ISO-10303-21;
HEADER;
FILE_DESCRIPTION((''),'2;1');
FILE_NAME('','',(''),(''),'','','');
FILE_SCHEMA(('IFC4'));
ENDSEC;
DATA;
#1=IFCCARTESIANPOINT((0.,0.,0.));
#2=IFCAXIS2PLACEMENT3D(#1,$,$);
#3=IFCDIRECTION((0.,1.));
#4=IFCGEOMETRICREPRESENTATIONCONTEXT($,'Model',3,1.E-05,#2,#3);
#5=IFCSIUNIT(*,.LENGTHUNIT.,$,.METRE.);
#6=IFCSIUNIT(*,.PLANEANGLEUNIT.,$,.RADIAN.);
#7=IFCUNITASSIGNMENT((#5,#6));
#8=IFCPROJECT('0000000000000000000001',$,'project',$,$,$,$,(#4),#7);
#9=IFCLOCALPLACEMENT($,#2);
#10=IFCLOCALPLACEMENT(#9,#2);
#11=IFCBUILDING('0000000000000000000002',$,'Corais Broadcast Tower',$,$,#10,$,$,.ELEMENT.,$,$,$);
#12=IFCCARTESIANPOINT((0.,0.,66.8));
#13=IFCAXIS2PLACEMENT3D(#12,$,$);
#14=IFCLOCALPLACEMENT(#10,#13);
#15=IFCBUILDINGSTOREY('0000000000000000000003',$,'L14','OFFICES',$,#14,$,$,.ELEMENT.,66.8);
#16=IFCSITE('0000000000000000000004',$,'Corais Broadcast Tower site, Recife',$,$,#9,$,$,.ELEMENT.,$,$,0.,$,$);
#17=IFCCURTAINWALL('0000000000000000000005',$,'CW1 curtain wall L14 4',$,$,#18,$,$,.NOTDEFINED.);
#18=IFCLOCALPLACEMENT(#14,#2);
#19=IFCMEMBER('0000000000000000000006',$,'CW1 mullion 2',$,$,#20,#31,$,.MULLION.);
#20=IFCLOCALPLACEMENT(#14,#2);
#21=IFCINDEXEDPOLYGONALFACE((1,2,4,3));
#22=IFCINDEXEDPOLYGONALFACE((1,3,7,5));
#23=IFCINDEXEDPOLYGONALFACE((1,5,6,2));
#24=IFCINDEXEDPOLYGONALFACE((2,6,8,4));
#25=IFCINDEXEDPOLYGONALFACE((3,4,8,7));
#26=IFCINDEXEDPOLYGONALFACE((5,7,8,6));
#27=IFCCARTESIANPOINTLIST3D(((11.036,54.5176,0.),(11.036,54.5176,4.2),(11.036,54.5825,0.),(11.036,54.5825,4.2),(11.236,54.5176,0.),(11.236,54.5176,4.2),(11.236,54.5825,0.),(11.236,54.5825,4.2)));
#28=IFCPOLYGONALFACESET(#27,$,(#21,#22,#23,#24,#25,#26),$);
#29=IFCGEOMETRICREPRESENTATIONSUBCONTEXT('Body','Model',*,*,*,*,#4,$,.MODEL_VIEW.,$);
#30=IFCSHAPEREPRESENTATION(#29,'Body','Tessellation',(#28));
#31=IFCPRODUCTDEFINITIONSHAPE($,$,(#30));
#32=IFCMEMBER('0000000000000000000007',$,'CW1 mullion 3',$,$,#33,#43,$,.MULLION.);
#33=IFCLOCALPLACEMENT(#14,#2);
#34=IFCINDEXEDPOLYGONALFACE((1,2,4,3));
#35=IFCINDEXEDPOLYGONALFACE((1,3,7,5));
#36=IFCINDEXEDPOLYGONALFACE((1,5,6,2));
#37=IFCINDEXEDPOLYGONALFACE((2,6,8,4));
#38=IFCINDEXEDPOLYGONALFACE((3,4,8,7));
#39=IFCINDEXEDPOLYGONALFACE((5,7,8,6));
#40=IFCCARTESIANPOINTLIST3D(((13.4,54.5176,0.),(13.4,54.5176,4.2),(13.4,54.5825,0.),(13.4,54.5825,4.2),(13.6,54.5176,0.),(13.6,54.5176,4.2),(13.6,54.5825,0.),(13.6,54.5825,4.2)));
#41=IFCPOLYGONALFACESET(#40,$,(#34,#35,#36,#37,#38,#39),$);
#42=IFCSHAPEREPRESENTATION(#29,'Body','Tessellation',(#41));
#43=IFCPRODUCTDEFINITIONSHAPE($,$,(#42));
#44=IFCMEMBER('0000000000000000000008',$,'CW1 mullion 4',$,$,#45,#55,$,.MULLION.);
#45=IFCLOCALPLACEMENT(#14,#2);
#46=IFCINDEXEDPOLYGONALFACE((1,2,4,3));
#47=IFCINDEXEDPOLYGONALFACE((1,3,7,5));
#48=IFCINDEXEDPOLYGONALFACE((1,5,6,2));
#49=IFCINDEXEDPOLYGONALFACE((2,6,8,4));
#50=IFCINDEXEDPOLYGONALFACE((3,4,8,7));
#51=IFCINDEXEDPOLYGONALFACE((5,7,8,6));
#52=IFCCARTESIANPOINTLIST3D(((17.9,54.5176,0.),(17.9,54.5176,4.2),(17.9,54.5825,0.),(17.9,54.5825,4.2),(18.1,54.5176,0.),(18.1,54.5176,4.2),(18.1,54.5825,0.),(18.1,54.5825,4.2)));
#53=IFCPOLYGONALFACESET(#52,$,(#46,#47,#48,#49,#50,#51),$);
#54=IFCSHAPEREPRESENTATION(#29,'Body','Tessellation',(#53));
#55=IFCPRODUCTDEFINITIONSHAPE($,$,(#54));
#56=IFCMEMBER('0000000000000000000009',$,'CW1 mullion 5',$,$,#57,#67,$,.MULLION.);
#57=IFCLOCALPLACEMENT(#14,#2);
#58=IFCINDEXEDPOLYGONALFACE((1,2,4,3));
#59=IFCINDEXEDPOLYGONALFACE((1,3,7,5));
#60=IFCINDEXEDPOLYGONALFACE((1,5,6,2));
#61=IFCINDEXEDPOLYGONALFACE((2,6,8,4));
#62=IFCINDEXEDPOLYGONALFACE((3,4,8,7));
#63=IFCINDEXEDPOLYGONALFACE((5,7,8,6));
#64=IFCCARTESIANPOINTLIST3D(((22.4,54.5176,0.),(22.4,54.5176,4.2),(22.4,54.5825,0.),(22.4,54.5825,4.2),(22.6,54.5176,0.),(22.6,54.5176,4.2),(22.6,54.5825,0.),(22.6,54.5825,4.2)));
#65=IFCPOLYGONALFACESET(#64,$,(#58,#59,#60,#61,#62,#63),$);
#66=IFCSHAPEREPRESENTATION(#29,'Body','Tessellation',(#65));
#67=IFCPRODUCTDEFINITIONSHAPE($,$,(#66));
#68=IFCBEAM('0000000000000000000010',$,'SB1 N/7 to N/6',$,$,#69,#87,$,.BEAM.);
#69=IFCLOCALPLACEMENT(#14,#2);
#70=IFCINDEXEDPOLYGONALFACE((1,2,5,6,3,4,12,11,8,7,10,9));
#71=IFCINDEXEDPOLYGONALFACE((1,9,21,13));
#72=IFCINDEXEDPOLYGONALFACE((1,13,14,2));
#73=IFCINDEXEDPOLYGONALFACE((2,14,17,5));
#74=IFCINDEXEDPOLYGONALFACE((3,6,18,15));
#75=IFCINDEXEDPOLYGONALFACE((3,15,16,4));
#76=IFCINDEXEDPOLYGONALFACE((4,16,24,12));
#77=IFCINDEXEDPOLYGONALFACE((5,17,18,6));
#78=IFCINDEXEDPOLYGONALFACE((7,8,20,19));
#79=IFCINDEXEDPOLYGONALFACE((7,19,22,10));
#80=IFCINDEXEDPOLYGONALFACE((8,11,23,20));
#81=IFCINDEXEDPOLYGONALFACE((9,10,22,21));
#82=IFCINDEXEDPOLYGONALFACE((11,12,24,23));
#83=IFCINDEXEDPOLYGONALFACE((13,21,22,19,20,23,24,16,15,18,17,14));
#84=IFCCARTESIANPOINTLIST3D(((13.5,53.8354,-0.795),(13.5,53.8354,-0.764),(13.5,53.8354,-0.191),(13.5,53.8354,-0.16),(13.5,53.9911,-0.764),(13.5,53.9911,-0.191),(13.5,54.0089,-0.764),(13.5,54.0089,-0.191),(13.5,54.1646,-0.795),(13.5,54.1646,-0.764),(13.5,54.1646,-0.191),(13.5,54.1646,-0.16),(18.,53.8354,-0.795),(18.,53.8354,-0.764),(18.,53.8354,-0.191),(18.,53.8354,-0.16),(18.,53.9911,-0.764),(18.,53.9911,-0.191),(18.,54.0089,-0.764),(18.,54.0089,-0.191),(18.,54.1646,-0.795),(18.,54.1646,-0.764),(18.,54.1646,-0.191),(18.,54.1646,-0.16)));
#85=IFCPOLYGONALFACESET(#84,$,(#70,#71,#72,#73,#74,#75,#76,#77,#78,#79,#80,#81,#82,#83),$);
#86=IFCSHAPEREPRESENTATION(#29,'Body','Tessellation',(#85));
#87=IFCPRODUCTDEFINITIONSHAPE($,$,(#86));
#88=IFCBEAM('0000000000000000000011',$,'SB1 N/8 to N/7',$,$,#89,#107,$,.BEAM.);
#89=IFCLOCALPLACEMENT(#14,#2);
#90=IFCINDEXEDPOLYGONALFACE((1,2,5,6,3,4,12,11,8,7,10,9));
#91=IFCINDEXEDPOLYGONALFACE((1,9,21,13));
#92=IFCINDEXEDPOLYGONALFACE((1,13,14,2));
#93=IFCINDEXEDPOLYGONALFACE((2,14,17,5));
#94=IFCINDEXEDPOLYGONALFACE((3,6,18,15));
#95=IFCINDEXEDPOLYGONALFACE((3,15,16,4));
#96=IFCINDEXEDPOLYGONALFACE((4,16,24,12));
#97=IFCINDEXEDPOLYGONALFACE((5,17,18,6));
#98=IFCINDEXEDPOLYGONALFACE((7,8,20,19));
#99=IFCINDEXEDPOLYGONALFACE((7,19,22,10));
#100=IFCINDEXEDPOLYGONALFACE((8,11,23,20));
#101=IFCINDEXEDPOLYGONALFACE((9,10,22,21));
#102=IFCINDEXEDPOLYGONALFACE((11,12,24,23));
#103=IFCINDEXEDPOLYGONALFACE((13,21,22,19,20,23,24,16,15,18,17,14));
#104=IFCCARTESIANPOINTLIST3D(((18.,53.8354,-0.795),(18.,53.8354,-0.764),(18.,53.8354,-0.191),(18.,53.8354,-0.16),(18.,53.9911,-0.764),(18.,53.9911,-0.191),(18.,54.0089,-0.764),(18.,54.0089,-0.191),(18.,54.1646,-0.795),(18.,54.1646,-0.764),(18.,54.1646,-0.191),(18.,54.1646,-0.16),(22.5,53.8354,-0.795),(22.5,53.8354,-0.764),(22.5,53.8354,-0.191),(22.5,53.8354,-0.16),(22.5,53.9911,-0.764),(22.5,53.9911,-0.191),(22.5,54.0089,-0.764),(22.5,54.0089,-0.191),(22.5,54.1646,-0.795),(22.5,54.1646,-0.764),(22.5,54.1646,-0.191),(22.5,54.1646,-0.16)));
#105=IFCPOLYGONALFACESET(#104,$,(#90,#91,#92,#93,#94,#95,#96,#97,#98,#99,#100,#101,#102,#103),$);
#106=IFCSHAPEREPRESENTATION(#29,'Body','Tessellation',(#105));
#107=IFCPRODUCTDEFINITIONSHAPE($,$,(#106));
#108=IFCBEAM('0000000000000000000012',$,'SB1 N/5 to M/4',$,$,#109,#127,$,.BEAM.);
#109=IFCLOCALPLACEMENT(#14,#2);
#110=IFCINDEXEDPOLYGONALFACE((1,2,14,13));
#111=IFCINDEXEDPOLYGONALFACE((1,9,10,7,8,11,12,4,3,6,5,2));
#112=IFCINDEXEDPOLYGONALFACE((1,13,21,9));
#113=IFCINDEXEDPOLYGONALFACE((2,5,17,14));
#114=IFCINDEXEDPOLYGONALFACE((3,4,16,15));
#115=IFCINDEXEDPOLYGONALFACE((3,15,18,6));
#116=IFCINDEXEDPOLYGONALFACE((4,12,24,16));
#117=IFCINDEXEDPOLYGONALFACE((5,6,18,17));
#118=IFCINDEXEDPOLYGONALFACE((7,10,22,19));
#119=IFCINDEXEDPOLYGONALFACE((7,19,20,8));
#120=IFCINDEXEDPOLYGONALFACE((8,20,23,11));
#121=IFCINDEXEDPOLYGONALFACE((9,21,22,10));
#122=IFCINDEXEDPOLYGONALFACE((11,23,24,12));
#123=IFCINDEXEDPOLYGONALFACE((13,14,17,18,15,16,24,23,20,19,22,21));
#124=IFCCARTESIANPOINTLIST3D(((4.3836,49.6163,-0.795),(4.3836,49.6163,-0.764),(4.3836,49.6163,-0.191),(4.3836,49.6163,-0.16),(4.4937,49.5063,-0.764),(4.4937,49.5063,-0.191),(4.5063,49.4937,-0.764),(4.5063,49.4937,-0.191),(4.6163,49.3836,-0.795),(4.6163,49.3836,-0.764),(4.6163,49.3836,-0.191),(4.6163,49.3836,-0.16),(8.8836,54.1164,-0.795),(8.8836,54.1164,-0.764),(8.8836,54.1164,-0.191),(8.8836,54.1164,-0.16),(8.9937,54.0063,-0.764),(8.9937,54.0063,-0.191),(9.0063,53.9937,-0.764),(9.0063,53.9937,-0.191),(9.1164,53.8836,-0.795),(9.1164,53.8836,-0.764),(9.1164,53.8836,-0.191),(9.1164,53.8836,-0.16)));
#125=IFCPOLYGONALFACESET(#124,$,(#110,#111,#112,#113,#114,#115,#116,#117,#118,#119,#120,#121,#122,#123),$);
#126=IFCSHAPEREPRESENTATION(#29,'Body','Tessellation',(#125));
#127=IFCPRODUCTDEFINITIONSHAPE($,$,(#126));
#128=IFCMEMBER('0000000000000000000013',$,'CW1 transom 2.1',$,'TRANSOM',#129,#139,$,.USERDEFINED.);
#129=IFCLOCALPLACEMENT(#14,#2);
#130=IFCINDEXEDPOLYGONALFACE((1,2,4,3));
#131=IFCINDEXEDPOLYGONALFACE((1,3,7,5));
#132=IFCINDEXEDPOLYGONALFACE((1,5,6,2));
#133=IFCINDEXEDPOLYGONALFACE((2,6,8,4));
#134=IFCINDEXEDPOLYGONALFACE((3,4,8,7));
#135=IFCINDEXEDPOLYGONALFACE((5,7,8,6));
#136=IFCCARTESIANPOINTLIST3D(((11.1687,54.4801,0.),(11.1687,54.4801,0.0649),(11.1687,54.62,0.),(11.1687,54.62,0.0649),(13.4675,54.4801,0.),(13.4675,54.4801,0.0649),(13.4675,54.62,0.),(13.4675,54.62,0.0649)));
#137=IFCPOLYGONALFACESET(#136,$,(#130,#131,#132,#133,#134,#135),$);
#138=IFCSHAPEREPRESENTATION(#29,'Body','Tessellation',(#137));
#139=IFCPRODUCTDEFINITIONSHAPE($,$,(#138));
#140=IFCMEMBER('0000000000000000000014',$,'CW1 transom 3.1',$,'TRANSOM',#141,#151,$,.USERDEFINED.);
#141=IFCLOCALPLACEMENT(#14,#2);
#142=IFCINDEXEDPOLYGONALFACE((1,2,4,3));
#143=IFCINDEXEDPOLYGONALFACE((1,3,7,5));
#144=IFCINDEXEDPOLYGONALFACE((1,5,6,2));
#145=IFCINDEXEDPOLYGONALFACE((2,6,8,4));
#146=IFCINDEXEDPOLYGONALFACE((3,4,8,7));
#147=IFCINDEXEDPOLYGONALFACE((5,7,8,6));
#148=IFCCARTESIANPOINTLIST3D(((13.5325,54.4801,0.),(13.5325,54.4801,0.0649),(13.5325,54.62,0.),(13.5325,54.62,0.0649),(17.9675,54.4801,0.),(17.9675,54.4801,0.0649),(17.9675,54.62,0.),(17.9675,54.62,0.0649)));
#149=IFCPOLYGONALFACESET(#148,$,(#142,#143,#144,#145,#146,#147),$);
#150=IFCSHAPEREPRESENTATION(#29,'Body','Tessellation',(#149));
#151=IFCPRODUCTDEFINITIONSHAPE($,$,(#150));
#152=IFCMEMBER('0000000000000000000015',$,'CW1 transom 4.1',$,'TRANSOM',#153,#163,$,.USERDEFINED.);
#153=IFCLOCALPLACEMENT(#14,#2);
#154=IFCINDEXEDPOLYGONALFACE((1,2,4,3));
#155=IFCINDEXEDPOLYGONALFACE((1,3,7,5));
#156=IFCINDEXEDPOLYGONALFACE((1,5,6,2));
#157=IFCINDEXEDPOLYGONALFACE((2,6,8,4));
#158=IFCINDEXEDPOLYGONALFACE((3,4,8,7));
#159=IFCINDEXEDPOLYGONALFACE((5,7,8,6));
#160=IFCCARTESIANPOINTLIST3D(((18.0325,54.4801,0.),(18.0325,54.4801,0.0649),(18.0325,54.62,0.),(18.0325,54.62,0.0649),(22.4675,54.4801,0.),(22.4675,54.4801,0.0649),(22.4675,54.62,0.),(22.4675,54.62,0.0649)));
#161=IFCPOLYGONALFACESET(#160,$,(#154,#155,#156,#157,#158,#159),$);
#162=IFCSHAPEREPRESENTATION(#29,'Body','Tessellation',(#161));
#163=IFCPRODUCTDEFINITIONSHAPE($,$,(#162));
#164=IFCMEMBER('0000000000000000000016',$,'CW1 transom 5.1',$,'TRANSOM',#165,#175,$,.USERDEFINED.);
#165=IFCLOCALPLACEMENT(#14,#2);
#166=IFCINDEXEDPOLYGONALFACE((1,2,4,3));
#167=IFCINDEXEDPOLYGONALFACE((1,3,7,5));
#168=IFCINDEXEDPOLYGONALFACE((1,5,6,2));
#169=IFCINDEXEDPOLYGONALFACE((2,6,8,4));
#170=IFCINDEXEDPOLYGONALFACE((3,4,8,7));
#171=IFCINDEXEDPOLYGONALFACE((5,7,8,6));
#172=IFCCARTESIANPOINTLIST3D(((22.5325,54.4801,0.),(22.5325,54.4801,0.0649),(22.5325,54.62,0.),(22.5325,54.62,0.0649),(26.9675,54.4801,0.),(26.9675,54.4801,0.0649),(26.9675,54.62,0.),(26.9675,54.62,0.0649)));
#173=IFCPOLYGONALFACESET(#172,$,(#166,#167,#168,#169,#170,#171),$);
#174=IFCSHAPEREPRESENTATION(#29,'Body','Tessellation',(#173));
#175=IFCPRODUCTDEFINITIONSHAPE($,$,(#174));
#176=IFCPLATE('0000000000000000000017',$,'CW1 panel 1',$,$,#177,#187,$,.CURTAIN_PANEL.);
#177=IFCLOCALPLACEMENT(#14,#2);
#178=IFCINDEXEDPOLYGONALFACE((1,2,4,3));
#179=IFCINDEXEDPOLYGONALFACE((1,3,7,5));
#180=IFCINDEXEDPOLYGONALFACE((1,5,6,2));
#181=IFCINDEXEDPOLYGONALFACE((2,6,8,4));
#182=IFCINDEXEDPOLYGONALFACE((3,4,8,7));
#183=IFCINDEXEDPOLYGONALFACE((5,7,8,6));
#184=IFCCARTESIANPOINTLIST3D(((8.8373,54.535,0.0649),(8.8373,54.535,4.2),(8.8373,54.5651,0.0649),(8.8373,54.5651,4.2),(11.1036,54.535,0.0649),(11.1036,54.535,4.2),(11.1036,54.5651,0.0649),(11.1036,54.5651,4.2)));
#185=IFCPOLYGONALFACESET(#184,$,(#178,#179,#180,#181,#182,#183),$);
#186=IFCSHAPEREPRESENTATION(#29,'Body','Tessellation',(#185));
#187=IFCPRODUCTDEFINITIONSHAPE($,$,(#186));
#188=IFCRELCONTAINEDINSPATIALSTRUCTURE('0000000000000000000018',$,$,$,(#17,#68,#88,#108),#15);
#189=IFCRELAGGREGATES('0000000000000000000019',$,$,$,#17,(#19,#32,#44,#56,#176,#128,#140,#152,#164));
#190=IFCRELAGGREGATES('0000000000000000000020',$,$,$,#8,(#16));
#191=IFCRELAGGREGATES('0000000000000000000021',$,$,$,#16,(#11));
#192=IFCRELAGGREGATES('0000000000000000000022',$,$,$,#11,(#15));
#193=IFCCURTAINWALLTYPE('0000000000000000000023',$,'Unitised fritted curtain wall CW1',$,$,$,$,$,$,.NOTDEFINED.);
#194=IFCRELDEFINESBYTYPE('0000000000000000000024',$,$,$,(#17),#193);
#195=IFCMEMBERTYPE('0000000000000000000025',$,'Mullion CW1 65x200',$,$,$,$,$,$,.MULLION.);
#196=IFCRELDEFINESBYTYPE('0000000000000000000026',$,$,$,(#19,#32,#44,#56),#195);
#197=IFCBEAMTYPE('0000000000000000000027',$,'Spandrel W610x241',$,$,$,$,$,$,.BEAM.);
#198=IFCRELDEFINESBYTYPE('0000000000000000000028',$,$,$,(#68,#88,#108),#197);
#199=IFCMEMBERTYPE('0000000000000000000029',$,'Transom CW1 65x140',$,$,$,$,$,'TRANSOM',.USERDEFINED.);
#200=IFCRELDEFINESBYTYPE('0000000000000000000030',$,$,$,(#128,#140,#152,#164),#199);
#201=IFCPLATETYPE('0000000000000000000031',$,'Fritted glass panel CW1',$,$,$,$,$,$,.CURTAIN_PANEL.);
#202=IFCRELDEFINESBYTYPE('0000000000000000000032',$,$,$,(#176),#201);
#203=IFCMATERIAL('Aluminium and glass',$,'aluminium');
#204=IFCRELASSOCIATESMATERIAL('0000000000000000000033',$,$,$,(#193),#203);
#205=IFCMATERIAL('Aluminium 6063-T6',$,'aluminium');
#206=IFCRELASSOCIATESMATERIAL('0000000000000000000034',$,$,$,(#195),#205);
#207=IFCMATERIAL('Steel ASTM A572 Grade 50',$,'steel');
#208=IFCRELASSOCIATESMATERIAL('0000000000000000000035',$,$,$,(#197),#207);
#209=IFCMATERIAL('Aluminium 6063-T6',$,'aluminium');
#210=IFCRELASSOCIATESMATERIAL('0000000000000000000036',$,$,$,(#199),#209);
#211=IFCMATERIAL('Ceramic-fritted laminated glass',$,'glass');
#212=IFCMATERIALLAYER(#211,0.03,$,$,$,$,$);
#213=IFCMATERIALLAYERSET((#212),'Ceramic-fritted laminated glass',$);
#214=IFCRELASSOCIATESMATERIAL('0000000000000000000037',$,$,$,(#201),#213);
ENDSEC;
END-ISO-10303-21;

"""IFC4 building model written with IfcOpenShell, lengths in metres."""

from ifc_helpers import new_model, si_unit, direction, frame, origin, origin_2d, place, context, subcontext, project, spatial, rectangle, i_section, extrude, material, layer, layer_set, material_profile, profile_set, type_object, element, aggregate, save


model = new_model("IFC4")

# Units and contexts
model_context = context("Model", 3, precision=1e-05, world=origin(), true_north=direction((0.0, 1.0)))
body_context = subcontext(model_context, "Body", "Model", "MODEL_VIEW")
ifc_project = project(units=[si_unit("LENGTHUNIT", "METRE"), si_unit("PLANEANGLEUNIT", "RADIAN")], contexts=[model_context])

# Site, building, storey
site_placement = place(None, origin())
site = spatial("IfcSite", under=ifc_project, at=site_placement, Name="Corais Broadcast Tower site, Recife", CompositionType="ELEMENT", RefElevation=0.0)
building_placement = place(site_placement, origin())
building = spatial("IfcBuilding", under=site, at=building_placement, Name="Corais Broadcast Tower", CompositionType="ELEMENT")
storey_placement = place(building_placement, frame((0.0, 0.0, 66.8)))
storey = spatial("IfcBuildingStorey", under=building, at=storey_placement, Name="L14", Description="OFFICES", CompositionType="ELEMENT", Elevation=66.8)

# Curtain wall, members
ifc_material_1 = material(Name="Aluminium and glass", Category="aluminium")
curtain_wall_type = type_object("IfcCurtainWallType", Name="Unitised fritted curtain wall CW1", PredefinedType="NOTDEFINED", material=ifc_material_1)
curtain_wall_placement = place(storey_placement, origin())
curtain_wall = element("IfcCurtainWall", 1, at=curtain_wall_placement, inside=storey, type_object=curtain_wall_type, Name="CW1 curtain wall L14 4", PredefinedType="NOTDEFINED")
ifc_material_2 = material(Name="Aluminium 6063-T6", Category="aluminium")
ifc_material_profile_1 = material_profile(ifc_material_2, rectangle(XDim=0.0649, YDim=0.2, at=origin_2d()), Name="Mullion CW1 65x200")
ifc_profile_set_1 = profile_set([ifc_material_profile_1], Name="Aluminium 6063-T6")
member_type_1 = type_object("IfcMemberType", Name="Mullion CW1 65x200", PredefinedType="MULLION", material=ifc_profile_set_1)
member_1_placement = place(storey_placement, frame((11.136, 54.55, 0.0), z_axis=(0.0, 0.0, 1.0), x_axis=(0.0, 1.0, 0.0)))
member_1 = element("IfcMember", 2, at=member_1_placement, type_object=member_type_1, Name="CW1 mullion 2", PredefinedType="MULLION", context=body_context, shape_type="SweptSolid", body=[
    extrude(rectangle(XDim=0.0649, YDim=0.2, at=origin_2d()), origin(), (0.0, 0.0, 1.0), 4.2),
])
member_2_placement = place(storey_placement, frame((13.5, 54.55, 0.0), z_axis=(0.0, 0.0, 1.0), x_axis=(0.0, 1.0, 0.0)))
member_2 = element("IfcMember", 3, at=member_2_placement, type_object=member_type_1, Name="CW1 mullion 3", PredefinedType="MULLION", context=body_context, shape_type="SweptSolid", body=[
    extrude(rectangle(XDim=0.0649, YDim=0.2, at=origin_2d()), origin(), (0.0, 0.0, 1.0), 4.2),
])
member_3_placement = place(storey_placement, frame((18.0, 54.55, 0.0), z_axis=(0.0, 0.0, 1.0), x_axis=(0.0, 1.0, 0.0)))
member_3 = element("IfcMember", 4, at=member_3_placement, type_object=member_type_1, Name="CW1 mullion 4", PredefinedType="MULLION", context=body_context, shape_type="SweptSolid", body=[
    extrude(rectangle(XDim=0.0649, YDim=0.2, at=origin_2d()), origin(), (0.0, 0.0, 1.0), 4.2),
])
member_4_placement = place(storey_placement, frame((22.5, 54.55, 0.0), z_axis=(0.0, 0.0, 1.0), x_axis=(0.0, 1.0, 0.0)))
member_4 = element("IfcMember", 5, at=member_4_placement, type_object=member_type_1, Name="CW1 mullion 5", PredefinedType="MULLION", context=body_context, shape_type="SweptSolid", body=[
    extrude(rectangle(XDim=0.0649, YDim=0.2, at=origin_2d()), origin(), (0.0, 0.0, 1.0), 4.2),
])

# Beams
ifc_material_3 = material(Name="Steel ASTM A572 Grade 50", Category="steel")
ifc_material_profile_2 = material_profile(ifc_material_3, i_section(OverallWidth=0.3291, OverallDepth=0.635, WebThickness=0.0178, FlangeThickness=0.031, at=origin_2d()), Name="W610x241")
ifc_profile_set_2 = profile_set([ifc_material_profile_2], Name="Steel ASTM A572 Grade 50")
beam_type_1 = type_object("IfcBeamType", Name="Spandrel W610x241", PredefinedType="BEAM", material=ifc_profile_set_2)
for number, where, z_axis, x_axis, name in (
    (6, (18.0, 54.0, -0.4775), (-1.0, 0.0, 0.0), (0.0, -1.0, 0.0), "SB1 N/7 to N/6"),
    (7, (22.5, 54.0, -0.4775), (-1.0, 0.0, 0.0), (0.0, -1.0, 0.0), "SB1 N/8 to N/7"),
):
    element("IfcBeam", number, at=place(storey_placement, frame(where, z_axis=z_axis, x_axis=x_axis)), inside=storey, type_object=beam_type_1, Name=name, PredefinedType="BEAM", context=body_context, shape_type="SweptSolid", body=[
        extrude(i_section(OverallWidth=0.3291, OverallDepth=0.635, WebThickness=0.0178, FlangeThickness=0.031, at=origin_2d()), origin(), (0.0, 0.0, 1.0), 4.5),
    ])
beam_1_placement = place(storey_placement, frame((9.0, 54.0, -0.4775), z_axis=(-0.707107, -0.707107, 0.0), x_axis=(0.707107, -0.707107, 0.0)))
element("IfcBeam", 8, at=beam_1_placement, inside=storey, type_object=beam_type_1, Name="SB1 N/5 to M/4", PredefinedType="BEAM", context=body_context, shape_type="SweptSolid", body=[
    extrude(i_section(OverallWidth=0.3291, OverallDepth=0.635, WebThickness=0.0178, FlangeThickness=0.031, at=origin_2d()), origin(), (0.0, 0.0, 1.0), 6.364),
])

# Members
ifc_material_4 = material(Name="Aluminium 6063-T6", Category="aluminium")
ifc_material_profile_3 = material_profile(ifc_material_4, rectangle(XDim=0.1399, YDim=0.0649, at=origin_2d()), Name="Transom CW1 65x140")
ifc_profile_set_3 = profile_set([ifc_material_profile_3], Name="Aluminium 6063-T6")
member_type_2 = type_object("IfcMemberType", Name="Transom CW1 65x140", ElementType="TRANSOM", PredefinedType="USERDEFINED", material=ifc_profile_set_3)
member_5_placement = place(storey_placement, frame((11.1687, 54.55, 0.0325), z_axis=(1.0, 0.0, 0.0), x_axis=(0.0, 1.0, 0.0)))
member_5 = element("IfcMember", 9, at=member_5_placement, type_object=member_type_2, Name="CW1 transom 2.1", ObjectType="TRANSOM", PredefinedType="USERDEFINED", context=body_context, shape_type="SweptSolid", body=[
    extrude(rectangle(XDim=0.1399, YDim=0.0649, at=origin_2d()), origin(), (0.0, 0.0, 1.0), 2.2988),
])
member_6_placement = place(storey_placement, frame((13.5325, 54.55, 0.0325), z_axis=(1.0, 0.0, 0.0), x_axis=(0.0, 1.0, 0.0)))
member_6 = element("IfcMember", 10, at=member_6_placement, type_object=member_type_2, Name="CW1 transom 3.1", ObjectType="TRANSOM", PredefinedType="USERDEFINED", context=body_context, shape_type="SweptSolid", body=[
    extrude(rectangle(XDim=0.1399, YDim=0.0649, at=origin_2d()), origin(), (0.0, 0.0, 1.0), 4.4351),
])
member_7_placement = place(storey_placement, frame((18.0325, 54.55, 0.0325), z_axis=(1.0, 0.0, 0.0), x_axis=(0.0, 1.0, 0.0)))
member_7 = element("IfcMember", 11, at=member_7_placement, type_object=member_type_2, Name="CW1 transom 4.1", ObjectType="TRANSOM", PredefinedType="USERDEFINED", context=body_context, shape_type="SweptSolid", body=[
    extrude(rectangle(XDim=0.1399, YDim=0.0649, at=origin_2d()), origin(), (0.0, 0.0, 1.0), 4.4351),
])
member_8_placement = place(storey_placement, frame((22.5325, 54.55, 0.0325), z_axis=(1.0, 0.0, 0.0), x_axis=(0.0, 1.0, 0.0)))
member_8 = element("IfcMember", 12, at=member_8_placement, type_object=member_type_2, Name="CW1 transom 5.1", ObjectType="TRANSOM", PredefinedType="USERDEFINED", context=body_context, shape_type="SweptSolid", body=[
    extrude(rectangle(XDim=0.1399, YDim=0.0649, at=origin_2d()), origin(), (0.0, 0.0, 1.0), 4.4351),
])

# Plate
ifc_material_5 = material(Name="Ceramic-fritted laminated glass", Category="glass")
ifc_layer_1 = layer(ifc_material_5, 0.03)
ifc_layer_set_1 = layer_set([ifc_layer_1], Name="Ceramic-fritted laminated glass")
plate_type_1 = type_object("IfcPlateType", Name="Fritted glass panel CW1", PredefinedType="CURTAIN_PANEL", material=ifc_layer_set_1)
plate_1_placement = place(storey_placement, frame((9.9705, 54.55, 0.0649), z_axis=(0.0, 0.0, 1.0), x_axis=(1.0, 0.0, 0.0)))
plate_1 = element("IfcPlate", 13, at=plate_1_placement, type_object=plate_type_1, Name="CW1 panel 1", PredefinedType="CURTAIN_PANEL", context=body_context, shape_type="SweptSolid", body=[
    extrude(rectangle(XDim=2.2664, YDim=0.03, at=origin_2d()), origin(), (0.0, 0.0, 1.0), 4.135),
])
aggregate(curtain_wall, [member_1, member_2, member_3, member_4, plate_1, member_5, member_6, member_7, member_8])

save(model, "model.ifc")
